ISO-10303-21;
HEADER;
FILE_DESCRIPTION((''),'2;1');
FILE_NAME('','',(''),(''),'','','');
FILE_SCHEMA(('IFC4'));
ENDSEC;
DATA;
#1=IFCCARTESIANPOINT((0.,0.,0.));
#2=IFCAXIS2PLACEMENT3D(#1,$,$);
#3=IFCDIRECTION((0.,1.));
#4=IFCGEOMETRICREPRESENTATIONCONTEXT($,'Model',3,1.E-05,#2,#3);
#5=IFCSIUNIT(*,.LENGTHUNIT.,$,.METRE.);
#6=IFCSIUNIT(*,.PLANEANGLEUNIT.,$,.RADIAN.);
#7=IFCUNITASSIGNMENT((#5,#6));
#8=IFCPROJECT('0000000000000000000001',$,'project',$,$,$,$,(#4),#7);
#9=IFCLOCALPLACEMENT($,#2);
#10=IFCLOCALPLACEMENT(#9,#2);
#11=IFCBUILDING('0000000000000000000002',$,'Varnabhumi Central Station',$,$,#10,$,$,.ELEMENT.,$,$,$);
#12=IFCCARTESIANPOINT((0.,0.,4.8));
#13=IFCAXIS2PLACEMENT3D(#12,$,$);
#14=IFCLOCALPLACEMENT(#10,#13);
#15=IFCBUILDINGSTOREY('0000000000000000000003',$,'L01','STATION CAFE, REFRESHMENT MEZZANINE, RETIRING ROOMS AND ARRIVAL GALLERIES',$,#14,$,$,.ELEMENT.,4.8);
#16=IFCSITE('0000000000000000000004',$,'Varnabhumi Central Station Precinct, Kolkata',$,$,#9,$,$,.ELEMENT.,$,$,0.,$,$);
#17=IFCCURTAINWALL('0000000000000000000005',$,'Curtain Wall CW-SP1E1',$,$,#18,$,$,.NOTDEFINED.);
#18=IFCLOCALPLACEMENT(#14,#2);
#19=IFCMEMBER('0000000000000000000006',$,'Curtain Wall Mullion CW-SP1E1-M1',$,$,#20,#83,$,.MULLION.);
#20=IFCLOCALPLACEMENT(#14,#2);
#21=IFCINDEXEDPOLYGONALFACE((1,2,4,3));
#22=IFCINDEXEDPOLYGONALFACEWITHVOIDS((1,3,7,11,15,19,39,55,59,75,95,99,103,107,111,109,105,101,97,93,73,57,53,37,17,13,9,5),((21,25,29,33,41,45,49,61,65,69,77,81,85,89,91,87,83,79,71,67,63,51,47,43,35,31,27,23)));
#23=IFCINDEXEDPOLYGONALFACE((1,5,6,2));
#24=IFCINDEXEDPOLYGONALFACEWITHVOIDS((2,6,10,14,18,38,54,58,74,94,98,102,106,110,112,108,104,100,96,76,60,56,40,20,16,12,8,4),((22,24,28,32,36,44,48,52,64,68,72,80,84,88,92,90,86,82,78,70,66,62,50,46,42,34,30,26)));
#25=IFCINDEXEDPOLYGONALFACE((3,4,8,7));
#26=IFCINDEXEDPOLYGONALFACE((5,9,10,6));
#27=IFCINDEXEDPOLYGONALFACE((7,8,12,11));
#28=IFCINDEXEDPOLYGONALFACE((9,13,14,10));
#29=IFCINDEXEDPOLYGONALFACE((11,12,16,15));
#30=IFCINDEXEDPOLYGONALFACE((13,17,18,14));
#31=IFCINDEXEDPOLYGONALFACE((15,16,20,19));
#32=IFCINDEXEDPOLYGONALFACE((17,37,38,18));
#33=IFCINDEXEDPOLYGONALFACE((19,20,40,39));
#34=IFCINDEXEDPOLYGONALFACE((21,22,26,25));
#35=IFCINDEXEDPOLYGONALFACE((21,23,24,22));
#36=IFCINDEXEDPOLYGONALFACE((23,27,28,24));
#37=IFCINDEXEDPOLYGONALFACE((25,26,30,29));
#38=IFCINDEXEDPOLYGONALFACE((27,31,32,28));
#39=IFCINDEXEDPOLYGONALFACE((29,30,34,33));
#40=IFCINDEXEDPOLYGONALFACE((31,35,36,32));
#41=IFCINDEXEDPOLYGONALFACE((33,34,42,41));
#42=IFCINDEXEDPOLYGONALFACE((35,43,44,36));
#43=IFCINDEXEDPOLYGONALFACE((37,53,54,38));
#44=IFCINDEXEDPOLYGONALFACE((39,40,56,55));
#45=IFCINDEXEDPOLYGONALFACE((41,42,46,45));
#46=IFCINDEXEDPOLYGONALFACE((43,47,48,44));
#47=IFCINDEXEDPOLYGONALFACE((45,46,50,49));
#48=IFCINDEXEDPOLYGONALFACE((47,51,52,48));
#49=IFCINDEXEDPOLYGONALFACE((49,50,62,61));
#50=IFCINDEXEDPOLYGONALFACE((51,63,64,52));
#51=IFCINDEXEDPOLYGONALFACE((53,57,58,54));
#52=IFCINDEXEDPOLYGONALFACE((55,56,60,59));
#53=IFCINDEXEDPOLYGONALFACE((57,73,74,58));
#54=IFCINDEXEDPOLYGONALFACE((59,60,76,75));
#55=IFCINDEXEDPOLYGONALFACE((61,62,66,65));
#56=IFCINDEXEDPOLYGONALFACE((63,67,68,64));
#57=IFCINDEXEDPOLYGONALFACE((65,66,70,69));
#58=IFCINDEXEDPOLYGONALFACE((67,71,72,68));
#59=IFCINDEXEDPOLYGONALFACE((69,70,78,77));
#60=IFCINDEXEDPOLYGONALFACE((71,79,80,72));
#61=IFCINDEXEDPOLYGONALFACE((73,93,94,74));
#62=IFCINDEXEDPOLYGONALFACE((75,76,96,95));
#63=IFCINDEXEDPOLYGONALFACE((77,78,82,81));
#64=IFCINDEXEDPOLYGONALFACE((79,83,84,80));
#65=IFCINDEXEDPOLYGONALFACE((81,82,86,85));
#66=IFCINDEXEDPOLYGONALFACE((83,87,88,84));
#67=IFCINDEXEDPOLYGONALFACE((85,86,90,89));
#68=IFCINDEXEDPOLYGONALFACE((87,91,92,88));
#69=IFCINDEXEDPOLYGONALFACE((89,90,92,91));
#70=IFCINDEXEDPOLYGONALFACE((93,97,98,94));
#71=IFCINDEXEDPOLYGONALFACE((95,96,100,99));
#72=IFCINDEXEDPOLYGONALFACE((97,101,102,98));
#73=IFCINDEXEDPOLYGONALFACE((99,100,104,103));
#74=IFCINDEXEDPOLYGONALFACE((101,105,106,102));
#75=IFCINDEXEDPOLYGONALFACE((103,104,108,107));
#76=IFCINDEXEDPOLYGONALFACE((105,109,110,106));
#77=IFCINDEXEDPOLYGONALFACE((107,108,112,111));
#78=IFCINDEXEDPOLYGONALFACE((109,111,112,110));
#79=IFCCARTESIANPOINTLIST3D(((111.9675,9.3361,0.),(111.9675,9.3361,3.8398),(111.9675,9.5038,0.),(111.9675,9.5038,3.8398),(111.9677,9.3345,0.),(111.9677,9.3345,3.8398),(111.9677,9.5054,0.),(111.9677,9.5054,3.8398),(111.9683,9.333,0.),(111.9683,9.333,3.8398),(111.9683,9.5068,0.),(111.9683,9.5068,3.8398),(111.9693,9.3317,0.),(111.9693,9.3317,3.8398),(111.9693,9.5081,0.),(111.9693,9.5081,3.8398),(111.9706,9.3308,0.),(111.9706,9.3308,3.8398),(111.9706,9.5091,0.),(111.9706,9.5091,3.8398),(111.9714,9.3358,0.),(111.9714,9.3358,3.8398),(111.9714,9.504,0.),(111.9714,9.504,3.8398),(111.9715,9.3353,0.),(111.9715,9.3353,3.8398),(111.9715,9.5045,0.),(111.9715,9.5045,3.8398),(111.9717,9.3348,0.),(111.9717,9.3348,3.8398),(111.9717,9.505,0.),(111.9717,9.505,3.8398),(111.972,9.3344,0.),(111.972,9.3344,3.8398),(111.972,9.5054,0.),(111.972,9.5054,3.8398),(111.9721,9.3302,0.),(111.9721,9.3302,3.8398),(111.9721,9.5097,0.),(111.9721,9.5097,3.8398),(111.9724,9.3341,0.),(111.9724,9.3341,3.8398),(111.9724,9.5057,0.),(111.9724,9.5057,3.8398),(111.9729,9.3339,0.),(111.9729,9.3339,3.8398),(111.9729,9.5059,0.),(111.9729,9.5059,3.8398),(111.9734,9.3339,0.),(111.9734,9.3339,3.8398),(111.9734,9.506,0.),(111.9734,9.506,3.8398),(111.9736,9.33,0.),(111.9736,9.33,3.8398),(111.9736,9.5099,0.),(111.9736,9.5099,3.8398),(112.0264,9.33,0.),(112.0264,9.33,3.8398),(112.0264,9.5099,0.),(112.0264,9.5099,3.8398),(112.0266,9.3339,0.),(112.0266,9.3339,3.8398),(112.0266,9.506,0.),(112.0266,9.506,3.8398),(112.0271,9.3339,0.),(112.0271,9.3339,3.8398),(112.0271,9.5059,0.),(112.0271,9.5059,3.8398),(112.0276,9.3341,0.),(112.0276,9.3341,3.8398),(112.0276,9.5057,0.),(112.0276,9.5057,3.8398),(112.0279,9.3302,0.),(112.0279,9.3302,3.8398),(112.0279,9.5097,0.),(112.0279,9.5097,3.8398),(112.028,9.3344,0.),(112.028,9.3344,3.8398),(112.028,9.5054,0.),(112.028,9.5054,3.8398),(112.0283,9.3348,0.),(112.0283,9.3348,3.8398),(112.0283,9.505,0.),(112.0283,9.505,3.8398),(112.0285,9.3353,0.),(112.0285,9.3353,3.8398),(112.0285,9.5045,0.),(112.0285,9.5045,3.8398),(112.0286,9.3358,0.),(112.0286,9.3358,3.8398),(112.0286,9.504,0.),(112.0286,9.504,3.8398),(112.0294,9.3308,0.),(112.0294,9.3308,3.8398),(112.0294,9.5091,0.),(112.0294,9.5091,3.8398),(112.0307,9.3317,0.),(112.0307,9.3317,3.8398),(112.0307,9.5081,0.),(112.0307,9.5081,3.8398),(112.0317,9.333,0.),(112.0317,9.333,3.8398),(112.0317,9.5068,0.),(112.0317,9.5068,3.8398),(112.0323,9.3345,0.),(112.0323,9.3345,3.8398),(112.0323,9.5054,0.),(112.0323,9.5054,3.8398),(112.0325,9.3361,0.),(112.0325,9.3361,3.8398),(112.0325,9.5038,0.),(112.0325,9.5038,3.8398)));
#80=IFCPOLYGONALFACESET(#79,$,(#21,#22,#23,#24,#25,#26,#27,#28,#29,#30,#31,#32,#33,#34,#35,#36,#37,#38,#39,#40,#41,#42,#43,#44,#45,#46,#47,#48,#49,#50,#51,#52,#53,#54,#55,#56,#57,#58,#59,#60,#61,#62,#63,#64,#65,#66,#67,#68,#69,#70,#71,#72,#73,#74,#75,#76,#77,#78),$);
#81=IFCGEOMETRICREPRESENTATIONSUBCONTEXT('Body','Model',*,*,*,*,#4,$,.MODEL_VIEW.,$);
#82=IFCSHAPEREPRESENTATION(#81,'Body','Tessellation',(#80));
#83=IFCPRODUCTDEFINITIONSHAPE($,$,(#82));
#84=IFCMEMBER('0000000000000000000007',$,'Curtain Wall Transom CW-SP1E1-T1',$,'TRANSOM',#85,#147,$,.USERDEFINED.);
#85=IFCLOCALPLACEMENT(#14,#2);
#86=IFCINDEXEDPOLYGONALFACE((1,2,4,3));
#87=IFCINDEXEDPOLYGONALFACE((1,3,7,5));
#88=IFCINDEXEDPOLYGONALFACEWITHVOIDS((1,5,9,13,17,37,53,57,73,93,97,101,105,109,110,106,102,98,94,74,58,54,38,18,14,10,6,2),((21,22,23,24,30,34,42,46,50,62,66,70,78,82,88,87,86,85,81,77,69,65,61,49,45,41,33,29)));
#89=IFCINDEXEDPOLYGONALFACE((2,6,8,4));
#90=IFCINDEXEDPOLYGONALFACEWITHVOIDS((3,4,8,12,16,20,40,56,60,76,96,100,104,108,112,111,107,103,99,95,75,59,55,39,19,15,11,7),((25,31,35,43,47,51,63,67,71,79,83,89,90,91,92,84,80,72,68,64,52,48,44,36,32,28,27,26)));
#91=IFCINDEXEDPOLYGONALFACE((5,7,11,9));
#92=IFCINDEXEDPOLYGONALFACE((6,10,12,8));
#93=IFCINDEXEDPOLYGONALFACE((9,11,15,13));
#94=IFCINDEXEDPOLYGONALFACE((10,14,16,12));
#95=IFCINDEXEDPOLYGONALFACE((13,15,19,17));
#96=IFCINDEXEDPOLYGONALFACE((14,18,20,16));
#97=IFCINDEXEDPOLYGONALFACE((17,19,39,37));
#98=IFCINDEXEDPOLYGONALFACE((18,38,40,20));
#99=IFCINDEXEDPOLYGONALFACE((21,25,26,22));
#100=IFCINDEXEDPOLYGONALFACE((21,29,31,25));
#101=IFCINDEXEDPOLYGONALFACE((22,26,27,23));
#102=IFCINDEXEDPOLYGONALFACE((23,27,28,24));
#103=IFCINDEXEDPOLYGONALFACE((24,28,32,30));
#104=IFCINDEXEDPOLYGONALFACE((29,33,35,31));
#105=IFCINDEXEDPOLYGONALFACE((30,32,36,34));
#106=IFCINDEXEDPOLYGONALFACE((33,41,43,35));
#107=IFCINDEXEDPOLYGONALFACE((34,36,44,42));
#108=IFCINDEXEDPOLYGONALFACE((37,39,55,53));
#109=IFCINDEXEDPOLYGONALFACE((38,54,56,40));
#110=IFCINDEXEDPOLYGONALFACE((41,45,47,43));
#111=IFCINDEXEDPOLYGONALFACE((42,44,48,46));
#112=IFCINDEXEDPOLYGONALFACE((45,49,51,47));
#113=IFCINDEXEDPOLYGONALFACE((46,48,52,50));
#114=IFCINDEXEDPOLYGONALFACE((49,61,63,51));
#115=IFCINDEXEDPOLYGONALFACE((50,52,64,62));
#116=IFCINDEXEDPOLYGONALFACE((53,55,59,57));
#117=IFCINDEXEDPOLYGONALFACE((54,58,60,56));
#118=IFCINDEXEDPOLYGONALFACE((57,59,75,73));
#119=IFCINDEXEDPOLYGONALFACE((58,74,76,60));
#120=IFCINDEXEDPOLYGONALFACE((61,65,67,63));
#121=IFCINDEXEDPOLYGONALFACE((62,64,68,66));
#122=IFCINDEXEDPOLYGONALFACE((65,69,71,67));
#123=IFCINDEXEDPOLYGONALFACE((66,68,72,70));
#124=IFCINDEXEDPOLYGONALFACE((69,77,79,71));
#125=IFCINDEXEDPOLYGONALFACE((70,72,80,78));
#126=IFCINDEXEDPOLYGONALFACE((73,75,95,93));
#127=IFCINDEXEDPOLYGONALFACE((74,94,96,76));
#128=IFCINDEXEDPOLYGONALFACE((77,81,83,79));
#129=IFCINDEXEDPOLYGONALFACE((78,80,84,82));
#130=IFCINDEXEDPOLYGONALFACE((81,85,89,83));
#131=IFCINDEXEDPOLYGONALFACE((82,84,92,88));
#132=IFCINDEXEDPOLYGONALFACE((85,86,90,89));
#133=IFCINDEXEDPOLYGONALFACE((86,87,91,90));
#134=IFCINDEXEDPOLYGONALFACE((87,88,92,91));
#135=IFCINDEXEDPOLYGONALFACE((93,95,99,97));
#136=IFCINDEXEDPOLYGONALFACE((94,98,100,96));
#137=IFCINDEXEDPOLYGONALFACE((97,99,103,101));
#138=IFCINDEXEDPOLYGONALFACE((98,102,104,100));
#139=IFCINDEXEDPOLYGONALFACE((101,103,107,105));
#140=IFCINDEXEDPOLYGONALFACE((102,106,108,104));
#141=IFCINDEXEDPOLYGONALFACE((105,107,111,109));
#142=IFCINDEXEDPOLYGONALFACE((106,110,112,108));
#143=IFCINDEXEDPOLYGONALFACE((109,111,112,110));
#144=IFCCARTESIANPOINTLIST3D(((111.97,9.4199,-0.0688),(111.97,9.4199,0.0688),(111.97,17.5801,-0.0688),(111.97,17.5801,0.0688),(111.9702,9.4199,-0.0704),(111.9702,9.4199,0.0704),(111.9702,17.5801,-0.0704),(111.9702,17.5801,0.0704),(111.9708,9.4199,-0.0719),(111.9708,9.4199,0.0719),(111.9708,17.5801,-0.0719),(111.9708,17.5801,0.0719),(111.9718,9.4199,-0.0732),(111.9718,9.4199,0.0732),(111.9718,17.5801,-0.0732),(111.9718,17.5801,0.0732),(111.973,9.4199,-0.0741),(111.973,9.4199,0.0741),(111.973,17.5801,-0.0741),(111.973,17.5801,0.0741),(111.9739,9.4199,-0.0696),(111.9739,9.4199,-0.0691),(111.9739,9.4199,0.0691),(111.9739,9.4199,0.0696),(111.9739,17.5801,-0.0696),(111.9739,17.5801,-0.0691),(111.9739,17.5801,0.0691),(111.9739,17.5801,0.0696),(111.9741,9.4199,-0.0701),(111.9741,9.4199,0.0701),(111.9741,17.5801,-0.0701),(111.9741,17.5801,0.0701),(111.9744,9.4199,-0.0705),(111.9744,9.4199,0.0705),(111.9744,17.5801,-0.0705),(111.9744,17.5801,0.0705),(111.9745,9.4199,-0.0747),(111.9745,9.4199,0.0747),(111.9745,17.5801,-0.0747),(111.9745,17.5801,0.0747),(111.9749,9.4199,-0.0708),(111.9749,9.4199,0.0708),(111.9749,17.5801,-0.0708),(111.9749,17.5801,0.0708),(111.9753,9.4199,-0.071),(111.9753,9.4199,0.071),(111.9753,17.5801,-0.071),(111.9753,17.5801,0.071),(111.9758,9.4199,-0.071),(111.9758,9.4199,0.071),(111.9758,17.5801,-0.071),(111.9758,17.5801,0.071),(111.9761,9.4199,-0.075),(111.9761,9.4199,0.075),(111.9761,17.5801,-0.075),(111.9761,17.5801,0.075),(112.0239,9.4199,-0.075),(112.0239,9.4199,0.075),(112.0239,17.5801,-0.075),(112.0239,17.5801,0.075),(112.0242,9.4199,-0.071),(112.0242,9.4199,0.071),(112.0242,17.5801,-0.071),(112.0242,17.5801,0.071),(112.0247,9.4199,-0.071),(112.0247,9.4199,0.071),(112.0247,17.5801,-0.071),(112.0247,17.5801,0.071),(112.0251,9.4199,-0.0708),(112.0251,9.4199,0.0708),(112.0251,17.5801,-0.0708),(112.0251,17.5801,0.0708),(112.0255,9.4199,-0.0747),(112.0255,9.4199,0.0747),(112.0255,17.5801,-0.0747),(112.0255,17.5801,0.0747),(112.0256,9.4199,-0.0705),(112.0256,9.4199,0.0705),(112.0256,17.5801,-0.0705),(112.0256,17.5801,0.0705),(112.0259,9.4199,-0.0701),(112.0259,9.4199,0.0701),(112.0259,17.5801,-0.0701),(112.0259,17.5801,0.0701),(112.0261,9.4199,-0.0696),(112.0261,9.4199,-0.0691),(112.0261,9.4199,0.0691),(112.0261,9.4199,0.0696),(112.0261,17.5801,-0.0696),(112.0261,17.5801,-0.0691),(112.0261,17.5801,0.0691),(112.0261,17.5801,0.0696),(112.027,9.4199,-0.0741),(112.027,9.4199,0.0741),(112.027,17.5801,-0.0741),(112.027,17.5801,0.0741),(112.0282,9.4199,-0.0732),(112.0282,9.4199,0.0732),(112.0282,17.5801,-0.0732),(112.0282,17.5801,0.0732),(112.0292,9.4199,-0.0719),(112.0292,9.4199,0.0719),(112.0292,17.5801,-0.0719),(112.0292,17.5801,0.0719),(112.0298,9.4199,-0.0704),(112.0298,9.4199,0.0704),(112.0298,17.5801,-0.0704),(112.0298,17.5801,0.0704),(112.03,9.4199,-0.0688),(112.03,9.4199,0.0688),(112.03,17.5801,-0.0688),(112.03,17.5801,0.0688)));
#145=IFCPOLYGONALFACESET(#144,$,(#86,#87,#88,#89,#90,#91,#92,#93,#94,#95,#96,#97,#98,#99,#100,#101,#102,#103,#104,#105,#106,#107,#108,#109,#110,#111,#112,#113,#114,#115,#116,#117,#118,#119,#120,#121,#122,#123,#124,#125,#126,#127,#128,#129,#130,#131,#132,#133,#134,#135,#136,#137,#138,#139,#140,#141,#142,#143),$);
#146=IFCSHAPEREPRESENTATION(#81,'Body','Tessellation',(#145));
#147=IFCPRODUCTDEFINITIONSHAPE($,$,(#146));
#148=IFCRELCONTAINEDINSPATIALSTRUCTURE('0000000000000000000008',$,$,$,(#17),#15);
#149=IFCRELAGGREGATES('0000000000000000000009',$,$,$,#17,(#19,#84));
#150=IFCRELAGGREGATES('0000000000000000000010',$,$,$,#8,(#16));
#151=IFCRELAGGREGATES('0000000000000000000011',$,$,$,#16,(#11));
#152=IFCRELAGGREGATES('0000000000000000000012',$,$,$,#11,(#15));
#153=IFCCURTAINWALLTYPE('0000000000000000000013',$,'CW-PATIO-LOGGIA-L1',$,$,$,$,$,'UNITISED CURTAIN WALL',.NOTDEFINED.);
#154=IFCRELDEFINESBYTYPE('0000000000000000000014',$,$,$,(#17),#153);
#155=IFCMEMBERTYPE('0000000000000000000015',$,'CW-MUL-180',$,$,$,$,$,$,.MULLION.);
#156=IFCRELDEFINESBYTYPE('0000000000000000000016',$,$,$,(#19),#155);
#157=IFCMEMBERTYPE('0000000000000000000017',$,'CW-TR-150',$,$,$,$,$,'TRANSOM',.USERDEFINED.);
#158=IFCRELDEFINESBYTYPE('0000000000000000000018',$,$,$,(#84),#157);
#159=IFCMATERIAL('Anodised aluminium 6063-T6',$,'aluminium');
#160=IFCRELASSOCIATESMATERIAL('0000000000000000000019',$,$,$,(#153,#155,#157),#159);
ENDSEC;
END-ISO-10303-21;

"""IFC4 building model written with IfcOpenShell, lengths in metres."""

from ifc_helpers import new_model, si_unit, direction, frame, origin, origin_2d, place, context, subcontext, project, spatial, hollow_rectangle, extrude, material, material_profile, profile_set, type_object, element, aggregate, save


model = new_model("IFC4")

# Units and contexts
model_context = context("Model", 3, precision=1e-05, world=origin(), true_north=direction((0.0, 1.0)))
body_context = subcontext(model_context, "Body", "Model", "MODEL_VIEW")
ifc_project = project(units=[si_unit("LENGTHUNIT", "METRE"), si_unit("PLANEANGLEUNIT", "RADIAN")], contexts=[model_context])

# Site, building, storey
site_placement = place(None, origin())
site = spatial("IfcSite", under=ifc_project, at=site_placement, Name="Varnabhumi Central Station Precinct, Kolkata", CompositionType="ELEMENT", RefElevation=0.0)
building_placement = place(site_placement, origin())
building = spatial("IfcBuilding", under=site, at=building_placement, Name="Varnabhumi Central Station", CompositionType="ELEMENT")
storey_placement = place(building_placement, frame((0.0, 0.0, 4.8)))
storey = spatial("IfcBuildingStorey", under=building, at=storey_placement, Name="L01", Description="STATION CAFE, REFRESHMENT MEZZANINE, RETIRING ROOMS AND ARRIVAL GALLERIES", CompositionType="ELEMENT", Elevation=4.8)

# Curtain wall, members
ifc_material_1 = material(Name="Anodised aluminium 6063-T6", Category="aluminium")
curtain_wall_type = type_object("IfcCurtainWallType", Name="CW-PATIO-LOGGIA-L1", ElementType="UNITISED CURTAIN WALL", PredefinedType="NOTDEFINED", material=ifc_material_1)
curtain_wall_placement = place(storey_placement, origin())
curtain_wall = element("IfcCurtainWall", 1, at=curtain_wall_placement, inside=storey, type_object=curtain_wall_type, Name="Curtain Wall CW-SP1E1", PredefinedType="NOTDEFINED")
ifc_material_profile_1 = material_profile(ifc_material_1, hollow_rectangle(XDim=0.0649, YDim=0.1799, WallThickness=0.0039, InnerFilletRadius=0.002, OuterFilletRadius=0.0061, at=origin_2d()), Name="Anodised aluminium 6063-T6", Category="aluminium")
ifc_profile_set_1 = profile_set([ifc_material_profile_1], Name="Anodised aluminium 6063-T6")
member_type_1 = type_object("IfcMemberType", Name="CW-MUL-180", PredefinedType="MULLION", material=ifc_profile_set_1)
member_1_placement = place(storey_placement, frame((112.0, 9.4199, 0.0), z_axis=(0.0, 0.0, 1.0), x_axis=(1.0, 0.0, 0.0)))
member_1 = element("IfcMember", 2, at=member_1_placement, type_object=member_type_1, Name="Curtain Wall Mullion CW-SP1E1-M1", PredefinedType="MULLION", context=body_context, shape_type="SweptSolid", body=[
    extrude(hollow_rectangle(XDim=0.0649, YDim=0.1799, WallThickness=0.0039, InnerFilletRadius=0.002, OuterFilletRadius=0.0061, at=origin_2d()), origin(), (0.0, 0.0, 1.0), 3.8398),
])
ifc_material_profile_2 = material_profile(ifc_material_1, hollow_rectangle(XDim=0.0601, YDim=0.1499, WallThickness=0.0039, InnerFilletRadius=0.002, OuterFilletRadius=0.0061, at=origin_2d()), Name="Anodised aluminium 6063-T6", Category="aluminium")
ifc_profile_set_2 = profile_set([ifc_material_profile_2], Name="Anodised aluminium 6063-T6")
member_type_2 = type_object("IfcMemberType", Name="CW-TR-150", ElementType="TRANSOM", PredefinedType="USERDEFINED", material=ifc_profile_set_2)
member_2_placement = place(storey_placement, frame((112.0, 9.4199, 0.0), z_axis=(0.0, 1.0, 0.0), x_axis=(-1.0, 0.0, 0.0)))
member_2 = element("IfcMember", 3, at=member_2_placement, type_object=member_type_2, Name="Curtain Wall Transom CW-SP1E1-T1", ObjectType="TRANSOM", PredefinedType="USERDEFINED", context=body_context, shape_type="SweptSolid", body=[
    extrude(hollow_rectangle(XDim=0.0601, YDim=0.1499, WallThickness=0.0039, InnerFilletRadius=0.002, OuterFilletRadius=0.0061, at=origin_2d()), origin(), (0.0, 0.0, 1.0), 8.1602),
])
aggregate(curtain_wall, [member_1, member_2])

save(model, "model.ifc")
